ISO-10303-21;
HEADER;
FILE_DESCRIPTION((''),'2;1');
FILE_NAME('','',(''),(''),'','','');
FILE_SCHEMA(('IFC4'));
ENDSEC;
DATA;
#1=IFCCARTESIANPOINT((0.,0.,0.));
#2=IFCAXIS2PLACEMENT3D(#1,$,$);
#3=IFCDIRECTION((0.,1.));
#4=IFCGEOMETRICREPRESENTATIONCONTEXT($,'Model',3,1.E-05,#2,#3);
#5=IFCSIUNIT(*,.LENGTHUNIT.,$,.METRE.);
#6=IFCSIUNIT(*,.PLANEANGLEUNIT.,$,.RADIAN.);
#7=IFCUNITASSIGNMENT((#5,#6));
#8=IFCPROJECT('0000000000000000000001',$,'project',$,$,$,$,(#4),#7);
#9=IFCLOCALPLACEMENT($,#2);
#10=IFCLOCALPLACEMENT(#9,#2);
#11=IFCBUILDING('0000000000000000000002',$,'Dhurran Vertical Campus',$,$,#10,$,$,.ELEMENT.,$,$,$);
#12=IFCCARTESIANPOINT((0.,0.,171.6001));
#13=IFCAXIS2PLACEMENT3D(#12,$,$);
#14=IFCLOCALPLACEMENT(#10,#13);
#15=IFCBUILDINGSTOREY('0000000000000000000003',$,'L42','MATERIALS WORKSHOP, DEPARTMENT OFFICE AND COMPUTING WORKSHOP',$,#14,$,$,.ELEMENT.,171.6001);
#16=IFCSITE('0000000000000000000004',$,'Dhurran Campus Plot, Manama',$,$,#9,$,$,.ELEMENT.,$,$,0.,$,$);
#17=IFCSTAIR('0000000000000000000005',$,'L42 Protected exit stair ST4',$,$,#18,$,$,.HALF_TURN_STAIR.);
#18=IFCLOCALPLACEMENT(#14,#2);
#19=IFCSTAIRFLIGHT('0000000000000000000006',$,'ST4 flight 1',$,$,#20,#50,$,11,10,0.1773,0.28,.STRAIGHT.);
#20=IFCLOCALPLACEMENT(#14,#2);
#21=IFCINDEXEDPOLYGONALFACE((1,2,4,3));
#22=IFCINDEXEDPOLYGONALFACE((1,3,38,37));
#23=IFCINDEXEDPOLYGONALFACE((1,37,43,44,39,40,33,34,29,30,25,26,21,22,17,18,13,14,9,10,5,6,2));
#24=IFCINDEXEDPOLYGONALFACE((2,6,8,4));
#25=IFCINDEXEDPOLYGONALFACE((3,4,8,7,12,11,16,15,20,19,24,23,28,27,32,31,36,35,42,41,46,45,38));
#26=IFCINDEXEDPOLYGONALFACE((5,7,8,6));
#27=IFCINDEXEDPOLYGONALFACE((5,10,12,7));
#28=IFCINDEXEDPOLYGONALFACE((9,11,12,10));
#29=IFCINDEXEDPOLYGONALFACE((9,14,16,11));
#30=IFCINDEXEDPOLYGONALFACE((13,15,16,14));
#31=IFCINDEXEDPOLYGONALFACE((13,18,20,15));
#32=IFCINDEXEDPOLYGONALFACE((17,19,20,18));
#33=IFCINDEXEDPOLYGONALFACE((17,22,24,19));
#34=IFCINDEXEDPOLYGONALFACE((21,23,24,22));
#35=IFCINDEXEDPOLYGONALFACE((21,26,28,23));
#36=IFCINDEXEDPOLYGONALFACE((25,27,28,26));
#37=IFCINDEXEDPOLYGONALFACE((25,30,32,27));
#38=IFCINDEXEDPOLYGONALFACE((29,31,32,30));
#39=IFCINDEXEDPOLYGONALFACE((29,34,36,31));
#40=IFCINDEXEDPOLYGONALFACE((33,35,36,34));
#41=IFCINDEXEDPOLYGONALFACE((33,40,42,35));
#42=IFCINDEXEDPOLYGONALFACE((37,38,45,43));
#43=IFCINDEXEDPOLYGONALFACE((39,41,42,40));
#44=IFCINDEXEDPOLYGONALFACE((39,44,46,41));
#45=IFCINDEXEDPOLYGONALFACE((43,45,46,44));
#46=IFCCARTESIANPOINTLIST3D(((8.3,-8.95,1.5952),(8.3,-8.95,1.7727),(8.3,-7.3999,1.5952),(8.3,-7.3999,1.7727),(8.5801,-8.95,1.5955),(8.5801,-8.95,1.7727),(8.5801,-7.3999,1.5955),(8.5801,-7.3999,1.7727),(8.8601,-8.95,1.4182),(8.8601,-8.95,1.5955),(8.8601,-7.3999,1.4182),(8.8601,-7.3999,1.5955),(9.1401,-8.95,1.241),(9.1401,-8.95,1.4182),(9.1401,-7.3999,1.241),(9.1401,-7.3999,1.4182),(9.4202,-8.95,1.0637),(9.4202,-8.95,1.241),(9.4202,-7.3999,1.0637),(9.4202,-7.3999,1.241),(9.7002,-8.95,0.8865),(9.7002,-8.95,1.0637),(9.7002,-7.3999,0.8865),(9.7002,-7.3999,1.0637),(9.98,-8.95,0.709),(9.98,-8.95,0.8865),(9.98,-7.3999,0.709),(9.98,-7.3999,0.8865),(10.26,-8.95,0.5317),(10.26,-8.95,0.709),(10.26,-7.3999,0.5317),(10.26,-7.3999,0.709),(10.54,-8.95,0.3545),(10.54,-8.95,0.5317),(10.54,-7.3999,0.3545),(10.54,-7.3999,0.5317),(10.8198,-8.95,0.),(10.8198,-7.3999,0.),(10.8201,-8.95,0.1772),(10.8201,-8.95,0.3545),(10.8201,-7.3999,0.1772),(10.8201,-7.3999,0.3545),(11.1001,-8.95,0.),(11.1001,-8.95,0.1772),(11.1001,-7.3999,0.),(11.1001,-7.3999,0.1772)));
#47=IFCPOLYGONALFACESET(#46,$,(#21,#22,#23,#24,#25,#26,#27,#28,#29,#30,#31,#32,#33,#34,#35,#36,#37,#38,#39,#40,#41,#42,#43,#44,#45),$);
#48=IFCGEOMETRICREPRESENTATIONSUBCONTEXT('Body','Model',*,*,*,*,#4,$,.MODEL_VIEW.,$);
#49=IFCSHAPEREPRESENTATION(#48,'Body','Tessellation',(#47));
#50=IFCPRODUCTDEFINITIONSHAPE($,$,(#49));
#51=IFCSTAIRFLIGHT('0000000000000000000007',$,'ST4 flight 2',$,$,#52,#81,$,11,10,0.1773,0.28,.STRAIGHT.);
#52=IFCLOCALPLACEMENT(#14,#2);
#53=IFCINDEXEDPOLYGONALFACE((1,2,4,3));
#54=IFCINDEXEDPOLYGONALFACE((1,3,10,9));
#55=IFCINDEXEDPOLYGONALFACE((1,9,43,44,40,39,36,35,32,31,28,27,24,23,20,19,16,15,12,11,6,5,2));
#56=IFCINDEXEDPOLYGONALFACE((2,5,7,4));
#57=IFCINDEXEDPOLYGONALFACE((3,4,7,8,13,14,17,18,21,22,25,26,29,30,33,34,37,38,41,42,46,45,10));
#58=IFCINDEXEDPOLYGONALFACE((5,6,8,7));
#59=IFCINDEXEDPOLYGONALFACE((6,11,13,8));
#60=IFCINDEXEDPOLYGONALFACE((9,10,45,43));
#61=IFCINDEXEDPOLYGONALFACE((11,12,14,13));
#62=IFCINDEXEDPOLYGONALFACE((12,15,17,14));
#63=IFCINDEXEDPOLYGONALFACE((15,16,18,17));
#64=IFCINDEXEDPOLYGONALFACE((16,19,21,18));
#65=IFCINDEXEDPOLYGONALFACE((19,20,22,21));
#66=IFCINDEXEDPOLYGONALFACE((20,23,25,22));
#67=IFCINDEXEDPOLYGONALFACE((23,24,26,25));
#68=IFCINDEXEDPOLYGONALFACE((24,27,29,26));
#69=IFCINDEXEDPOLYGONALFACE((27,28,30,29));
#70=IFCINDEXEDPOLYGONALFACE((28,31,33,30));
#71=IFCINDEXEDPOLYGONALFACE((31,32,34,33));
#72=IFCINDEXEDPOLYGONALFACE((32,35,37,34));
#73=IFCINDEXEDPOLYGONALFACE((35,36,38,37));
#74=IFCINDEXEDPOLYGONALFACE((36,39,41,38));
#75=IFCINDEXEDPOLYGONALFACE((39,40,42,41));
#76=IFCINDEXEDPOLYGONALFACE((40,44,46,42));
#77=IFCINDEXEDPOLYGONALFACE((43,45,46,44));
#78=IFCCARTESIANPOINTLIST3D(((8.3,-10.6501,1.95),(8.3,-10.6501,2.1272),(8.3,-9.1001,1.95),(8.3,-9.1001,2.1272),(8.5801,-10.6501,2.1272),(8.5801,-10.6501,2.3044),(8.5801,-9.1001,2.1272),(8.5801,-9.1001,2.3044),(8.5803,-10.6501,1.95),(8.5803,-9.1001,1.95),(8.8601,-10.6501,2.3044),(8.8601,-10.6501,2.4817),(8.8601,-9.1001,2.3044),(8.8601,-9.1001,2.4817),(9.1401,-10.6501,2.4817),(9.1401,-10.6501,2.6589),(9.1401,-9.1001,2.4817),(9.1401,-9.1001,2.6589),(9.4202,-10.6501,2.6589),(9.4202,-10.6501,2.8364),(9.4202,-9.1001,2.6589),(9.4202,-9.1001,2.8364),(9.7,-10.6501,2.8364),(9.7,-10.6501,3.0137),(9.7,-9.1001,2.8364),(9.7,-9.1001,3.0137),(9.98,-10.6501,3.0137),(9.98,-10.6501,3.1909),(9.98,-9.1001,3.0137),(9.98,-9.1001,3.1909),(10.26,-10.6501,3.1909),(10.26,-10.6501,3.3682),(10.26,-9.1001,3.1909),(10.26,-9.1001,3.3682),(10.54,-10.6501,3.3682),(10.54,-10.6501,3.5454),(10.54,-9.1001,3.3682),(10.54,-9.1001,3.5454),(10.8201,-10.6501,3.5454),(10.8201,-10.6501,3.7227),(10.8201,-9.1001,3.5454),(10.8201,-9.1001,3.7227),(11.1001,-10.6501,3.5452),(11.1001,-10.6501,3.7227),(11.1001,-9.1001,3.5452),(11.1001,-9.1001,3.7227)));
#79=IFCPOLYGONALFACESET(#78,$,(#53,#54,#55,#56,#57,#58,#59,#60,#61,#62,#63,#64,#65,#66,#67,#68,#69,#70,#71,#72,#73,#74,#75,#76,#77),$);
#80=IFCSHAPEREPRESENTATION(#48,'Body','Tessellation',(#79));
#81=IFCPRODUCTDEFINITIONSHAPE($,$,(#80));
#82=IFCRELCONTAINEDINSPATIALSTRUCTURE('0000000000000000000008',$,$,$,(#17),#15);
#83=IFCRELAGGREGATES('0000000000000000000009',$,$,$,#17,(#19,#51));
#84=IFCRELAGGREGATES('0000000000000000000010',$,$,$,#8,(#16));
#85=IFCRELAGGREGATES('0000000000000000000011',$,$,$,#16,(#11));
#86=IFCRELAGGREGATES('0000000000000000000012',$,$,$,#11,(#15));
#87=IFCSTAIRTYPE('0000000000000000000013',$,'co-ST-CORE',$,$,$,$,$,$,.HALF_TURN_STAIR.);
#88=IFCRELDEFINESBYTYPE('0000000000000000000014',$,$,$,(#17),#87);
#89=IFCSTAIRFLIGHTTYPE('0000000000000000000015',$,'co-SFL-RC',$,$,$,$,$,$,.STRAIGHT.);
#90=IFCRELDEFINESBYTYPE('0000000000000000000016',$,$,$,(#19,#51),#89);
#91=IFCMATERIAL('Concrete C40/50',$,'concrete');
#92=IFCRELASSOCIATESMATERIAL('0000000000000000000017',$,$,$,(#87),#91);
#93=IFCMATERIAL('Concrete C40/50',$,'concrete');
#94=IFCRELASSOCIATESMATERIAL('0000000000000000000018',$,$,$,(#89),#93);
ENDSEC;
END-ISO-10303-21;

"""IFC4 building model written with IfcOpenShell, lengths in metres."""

from ifc_helpers import new_model, si_unit, direction, frame, origin, place, context, subcontext, project, spatial, polyline, outline, extrude, material, type_object, element, aggregate, save


model = new_model("IFC4")

# Units and contexts
model_context = context("Model", 3, precision=1e-05, world=origin(), true_north=direction((0.0, 1.0)))
body_context = subcontext(model_context, "Body", "Model", "MODEL_VIEW")
ifc_project = project(units=[si_unit("LENGTHUNIT", "METRE"), si_unit("PLANEANGLEUNIT", "RADIAN")], contexts=[model_context])

# Site, building, storey
site_placement = place(None, origin())
site = spatial("IfcSite", under=ifc_project, at=site_placement, Name="Dhurran Campus Plot, Manama", CompositionType="ELEMENT", RefElevation=0.0)
building_placement = place(site_placement, origin())
building = spatial("IfcBuilding", under=site, at=building_placement, Name="Dhurran Vertical Campus", CompositionType="ELEMENT")
storey_placement = place(building_placement, frame((0.0, 0.0, 171.6001)))
storey = spatial("IfcBuildingStorey", under=building, at=storey_placement, Name="L42", Description="MATERIALS WORKSHOP, DEPARTMENT OFFICE AND COMPUTING WORKSHOP", CompositionType="ELEMENT", Elevation=171.6001)

# Shared definitions
ifc_material_1 = material(Name="Concrete C40/50", Category="concrete")
stair_type = type_object("IfcStairType", Name="co-ST-CORE", PredefinedType="HALF_TURN_STAIR", material=ifc_material_1)

# Stair, stair flights
stair_1_placement = place(storey_placement, origin())
stair_1 = element("IfcStair", 1, at=stair_1_placement, inside=storey, type_object=stair_type, Name="L42 Protected exit stair ST4", PredefinedType="HALF_TURN_STAIR")
ifc_material_2 = material(Name="Concrete C40/50", Category="concrete")
stair_flight_type = type_object("IfcStairFlightType", Name="co-SFL-RC", PredefinedType="STRAIGHT", material=ifc_material_2)
stair_flight_1_placement = place(storey_placement, frame((11.1001, -8.175, 0.0), z_axis=(0.0, 0.0, 1.0), x_axis=(-1.0, 0.0, 0.0)))
stair_flight_1 = element("IfcStairFlight", 2, at=stair_flight_1_placement, type_object=stair_flight_type, Name="ST4 flight 1", NumberOfRisers=11, NumberOfTreads=10, PredefinedType="STRAIGHT", RiserHeight=0.1773, TreadLength=0.28, context=body_context, shape_type="SweptSolid", body=[
    extrude(outline(polyline([(0.0, 0.0), (0.0, 0.1772), (0.28, 0.1772), (0.28, 0.3545), (0.5601, 0.3545), (0.5601, 0.5317), (0.8401, 0.5317), (0.8401, 0.709), (1.1201, 0.709), (1.1201, 0.8865), (1.3999, 0.8865), (1.3999, 1.0637), (1.6799, 1.0637), (1.6799, 1.241), (1.96, 1.241), (1.96, 1.4182), (2.24, 1.4182), (2.24, 1.5955), (2.52, 1.5955), (2.52, 1.7727), (2.8, 1.7727), (2.8, 1.95), (2.8, 1.5952), (0.2803, 0.0), (0.0, 0.0)])), frame((0.0, 0.7749, 0.0), z_axis=(0.0, -1.0, 0.0), x_axis=(1.0, 0.0, 0.0)), (0.0, 0.0, 1.0), 1.55),
])
stair_flight_2_placement = place(storey_placement, frame((8.3, -9.875, 1.95), z_axis=(0.0, 0.0, 1.0), x_axis=(1.0, 0.0, 0.0)))
stair_flight_2 = element("IfcStairFlight", 3, at=stair_flight_2_placement, type_object=stair_flight_type, Name="ST4 flight 2", NumberOfRisers=11, NumberOfTreads=10, PredefinedType="STRAIGHT", RiserHeight=0.1773, TreadLength=0.28, context=body_context, shape_type="SweptSolid", body=[
    extrude(outline(polyline([(0.0, 0.0), (0.0, 0.1772), (0.28, 0.1772), (0.28, 0.3545), (0.5601, 0.3545), (0.5601, 0.5317), (0.8401, 0.5317), (0.8401, 0.709), (1.1201, 0.709), (1.1201, 0.8865), (1.3999, 0.8865), (1.3999, 1.0637), (1.6799, 1.0637), (1.6799, 1.241), (1.96, 1.241), (1.96, 1.4182), (2.24, 1.4182), (2.24, 1.5955), (2.52, 1.5955), (2.52, 1.7727), (2.8, 1.7727), (2.8, 1.95), (2.8, 1.5952), (0.2803, 0.0), (0.0, 0.0)])), frame((0.0, 0.7749, 0.0), z_axis=(0.0, -1.0, 0.0), x_axis=(1.0, 0.0, 0.0)), (0.0, 0.0, 1.0), 1.55),
])
aggregate(stair_1, [stair_flight_1, stair_flight_2])

save(model, "model.ifc")
